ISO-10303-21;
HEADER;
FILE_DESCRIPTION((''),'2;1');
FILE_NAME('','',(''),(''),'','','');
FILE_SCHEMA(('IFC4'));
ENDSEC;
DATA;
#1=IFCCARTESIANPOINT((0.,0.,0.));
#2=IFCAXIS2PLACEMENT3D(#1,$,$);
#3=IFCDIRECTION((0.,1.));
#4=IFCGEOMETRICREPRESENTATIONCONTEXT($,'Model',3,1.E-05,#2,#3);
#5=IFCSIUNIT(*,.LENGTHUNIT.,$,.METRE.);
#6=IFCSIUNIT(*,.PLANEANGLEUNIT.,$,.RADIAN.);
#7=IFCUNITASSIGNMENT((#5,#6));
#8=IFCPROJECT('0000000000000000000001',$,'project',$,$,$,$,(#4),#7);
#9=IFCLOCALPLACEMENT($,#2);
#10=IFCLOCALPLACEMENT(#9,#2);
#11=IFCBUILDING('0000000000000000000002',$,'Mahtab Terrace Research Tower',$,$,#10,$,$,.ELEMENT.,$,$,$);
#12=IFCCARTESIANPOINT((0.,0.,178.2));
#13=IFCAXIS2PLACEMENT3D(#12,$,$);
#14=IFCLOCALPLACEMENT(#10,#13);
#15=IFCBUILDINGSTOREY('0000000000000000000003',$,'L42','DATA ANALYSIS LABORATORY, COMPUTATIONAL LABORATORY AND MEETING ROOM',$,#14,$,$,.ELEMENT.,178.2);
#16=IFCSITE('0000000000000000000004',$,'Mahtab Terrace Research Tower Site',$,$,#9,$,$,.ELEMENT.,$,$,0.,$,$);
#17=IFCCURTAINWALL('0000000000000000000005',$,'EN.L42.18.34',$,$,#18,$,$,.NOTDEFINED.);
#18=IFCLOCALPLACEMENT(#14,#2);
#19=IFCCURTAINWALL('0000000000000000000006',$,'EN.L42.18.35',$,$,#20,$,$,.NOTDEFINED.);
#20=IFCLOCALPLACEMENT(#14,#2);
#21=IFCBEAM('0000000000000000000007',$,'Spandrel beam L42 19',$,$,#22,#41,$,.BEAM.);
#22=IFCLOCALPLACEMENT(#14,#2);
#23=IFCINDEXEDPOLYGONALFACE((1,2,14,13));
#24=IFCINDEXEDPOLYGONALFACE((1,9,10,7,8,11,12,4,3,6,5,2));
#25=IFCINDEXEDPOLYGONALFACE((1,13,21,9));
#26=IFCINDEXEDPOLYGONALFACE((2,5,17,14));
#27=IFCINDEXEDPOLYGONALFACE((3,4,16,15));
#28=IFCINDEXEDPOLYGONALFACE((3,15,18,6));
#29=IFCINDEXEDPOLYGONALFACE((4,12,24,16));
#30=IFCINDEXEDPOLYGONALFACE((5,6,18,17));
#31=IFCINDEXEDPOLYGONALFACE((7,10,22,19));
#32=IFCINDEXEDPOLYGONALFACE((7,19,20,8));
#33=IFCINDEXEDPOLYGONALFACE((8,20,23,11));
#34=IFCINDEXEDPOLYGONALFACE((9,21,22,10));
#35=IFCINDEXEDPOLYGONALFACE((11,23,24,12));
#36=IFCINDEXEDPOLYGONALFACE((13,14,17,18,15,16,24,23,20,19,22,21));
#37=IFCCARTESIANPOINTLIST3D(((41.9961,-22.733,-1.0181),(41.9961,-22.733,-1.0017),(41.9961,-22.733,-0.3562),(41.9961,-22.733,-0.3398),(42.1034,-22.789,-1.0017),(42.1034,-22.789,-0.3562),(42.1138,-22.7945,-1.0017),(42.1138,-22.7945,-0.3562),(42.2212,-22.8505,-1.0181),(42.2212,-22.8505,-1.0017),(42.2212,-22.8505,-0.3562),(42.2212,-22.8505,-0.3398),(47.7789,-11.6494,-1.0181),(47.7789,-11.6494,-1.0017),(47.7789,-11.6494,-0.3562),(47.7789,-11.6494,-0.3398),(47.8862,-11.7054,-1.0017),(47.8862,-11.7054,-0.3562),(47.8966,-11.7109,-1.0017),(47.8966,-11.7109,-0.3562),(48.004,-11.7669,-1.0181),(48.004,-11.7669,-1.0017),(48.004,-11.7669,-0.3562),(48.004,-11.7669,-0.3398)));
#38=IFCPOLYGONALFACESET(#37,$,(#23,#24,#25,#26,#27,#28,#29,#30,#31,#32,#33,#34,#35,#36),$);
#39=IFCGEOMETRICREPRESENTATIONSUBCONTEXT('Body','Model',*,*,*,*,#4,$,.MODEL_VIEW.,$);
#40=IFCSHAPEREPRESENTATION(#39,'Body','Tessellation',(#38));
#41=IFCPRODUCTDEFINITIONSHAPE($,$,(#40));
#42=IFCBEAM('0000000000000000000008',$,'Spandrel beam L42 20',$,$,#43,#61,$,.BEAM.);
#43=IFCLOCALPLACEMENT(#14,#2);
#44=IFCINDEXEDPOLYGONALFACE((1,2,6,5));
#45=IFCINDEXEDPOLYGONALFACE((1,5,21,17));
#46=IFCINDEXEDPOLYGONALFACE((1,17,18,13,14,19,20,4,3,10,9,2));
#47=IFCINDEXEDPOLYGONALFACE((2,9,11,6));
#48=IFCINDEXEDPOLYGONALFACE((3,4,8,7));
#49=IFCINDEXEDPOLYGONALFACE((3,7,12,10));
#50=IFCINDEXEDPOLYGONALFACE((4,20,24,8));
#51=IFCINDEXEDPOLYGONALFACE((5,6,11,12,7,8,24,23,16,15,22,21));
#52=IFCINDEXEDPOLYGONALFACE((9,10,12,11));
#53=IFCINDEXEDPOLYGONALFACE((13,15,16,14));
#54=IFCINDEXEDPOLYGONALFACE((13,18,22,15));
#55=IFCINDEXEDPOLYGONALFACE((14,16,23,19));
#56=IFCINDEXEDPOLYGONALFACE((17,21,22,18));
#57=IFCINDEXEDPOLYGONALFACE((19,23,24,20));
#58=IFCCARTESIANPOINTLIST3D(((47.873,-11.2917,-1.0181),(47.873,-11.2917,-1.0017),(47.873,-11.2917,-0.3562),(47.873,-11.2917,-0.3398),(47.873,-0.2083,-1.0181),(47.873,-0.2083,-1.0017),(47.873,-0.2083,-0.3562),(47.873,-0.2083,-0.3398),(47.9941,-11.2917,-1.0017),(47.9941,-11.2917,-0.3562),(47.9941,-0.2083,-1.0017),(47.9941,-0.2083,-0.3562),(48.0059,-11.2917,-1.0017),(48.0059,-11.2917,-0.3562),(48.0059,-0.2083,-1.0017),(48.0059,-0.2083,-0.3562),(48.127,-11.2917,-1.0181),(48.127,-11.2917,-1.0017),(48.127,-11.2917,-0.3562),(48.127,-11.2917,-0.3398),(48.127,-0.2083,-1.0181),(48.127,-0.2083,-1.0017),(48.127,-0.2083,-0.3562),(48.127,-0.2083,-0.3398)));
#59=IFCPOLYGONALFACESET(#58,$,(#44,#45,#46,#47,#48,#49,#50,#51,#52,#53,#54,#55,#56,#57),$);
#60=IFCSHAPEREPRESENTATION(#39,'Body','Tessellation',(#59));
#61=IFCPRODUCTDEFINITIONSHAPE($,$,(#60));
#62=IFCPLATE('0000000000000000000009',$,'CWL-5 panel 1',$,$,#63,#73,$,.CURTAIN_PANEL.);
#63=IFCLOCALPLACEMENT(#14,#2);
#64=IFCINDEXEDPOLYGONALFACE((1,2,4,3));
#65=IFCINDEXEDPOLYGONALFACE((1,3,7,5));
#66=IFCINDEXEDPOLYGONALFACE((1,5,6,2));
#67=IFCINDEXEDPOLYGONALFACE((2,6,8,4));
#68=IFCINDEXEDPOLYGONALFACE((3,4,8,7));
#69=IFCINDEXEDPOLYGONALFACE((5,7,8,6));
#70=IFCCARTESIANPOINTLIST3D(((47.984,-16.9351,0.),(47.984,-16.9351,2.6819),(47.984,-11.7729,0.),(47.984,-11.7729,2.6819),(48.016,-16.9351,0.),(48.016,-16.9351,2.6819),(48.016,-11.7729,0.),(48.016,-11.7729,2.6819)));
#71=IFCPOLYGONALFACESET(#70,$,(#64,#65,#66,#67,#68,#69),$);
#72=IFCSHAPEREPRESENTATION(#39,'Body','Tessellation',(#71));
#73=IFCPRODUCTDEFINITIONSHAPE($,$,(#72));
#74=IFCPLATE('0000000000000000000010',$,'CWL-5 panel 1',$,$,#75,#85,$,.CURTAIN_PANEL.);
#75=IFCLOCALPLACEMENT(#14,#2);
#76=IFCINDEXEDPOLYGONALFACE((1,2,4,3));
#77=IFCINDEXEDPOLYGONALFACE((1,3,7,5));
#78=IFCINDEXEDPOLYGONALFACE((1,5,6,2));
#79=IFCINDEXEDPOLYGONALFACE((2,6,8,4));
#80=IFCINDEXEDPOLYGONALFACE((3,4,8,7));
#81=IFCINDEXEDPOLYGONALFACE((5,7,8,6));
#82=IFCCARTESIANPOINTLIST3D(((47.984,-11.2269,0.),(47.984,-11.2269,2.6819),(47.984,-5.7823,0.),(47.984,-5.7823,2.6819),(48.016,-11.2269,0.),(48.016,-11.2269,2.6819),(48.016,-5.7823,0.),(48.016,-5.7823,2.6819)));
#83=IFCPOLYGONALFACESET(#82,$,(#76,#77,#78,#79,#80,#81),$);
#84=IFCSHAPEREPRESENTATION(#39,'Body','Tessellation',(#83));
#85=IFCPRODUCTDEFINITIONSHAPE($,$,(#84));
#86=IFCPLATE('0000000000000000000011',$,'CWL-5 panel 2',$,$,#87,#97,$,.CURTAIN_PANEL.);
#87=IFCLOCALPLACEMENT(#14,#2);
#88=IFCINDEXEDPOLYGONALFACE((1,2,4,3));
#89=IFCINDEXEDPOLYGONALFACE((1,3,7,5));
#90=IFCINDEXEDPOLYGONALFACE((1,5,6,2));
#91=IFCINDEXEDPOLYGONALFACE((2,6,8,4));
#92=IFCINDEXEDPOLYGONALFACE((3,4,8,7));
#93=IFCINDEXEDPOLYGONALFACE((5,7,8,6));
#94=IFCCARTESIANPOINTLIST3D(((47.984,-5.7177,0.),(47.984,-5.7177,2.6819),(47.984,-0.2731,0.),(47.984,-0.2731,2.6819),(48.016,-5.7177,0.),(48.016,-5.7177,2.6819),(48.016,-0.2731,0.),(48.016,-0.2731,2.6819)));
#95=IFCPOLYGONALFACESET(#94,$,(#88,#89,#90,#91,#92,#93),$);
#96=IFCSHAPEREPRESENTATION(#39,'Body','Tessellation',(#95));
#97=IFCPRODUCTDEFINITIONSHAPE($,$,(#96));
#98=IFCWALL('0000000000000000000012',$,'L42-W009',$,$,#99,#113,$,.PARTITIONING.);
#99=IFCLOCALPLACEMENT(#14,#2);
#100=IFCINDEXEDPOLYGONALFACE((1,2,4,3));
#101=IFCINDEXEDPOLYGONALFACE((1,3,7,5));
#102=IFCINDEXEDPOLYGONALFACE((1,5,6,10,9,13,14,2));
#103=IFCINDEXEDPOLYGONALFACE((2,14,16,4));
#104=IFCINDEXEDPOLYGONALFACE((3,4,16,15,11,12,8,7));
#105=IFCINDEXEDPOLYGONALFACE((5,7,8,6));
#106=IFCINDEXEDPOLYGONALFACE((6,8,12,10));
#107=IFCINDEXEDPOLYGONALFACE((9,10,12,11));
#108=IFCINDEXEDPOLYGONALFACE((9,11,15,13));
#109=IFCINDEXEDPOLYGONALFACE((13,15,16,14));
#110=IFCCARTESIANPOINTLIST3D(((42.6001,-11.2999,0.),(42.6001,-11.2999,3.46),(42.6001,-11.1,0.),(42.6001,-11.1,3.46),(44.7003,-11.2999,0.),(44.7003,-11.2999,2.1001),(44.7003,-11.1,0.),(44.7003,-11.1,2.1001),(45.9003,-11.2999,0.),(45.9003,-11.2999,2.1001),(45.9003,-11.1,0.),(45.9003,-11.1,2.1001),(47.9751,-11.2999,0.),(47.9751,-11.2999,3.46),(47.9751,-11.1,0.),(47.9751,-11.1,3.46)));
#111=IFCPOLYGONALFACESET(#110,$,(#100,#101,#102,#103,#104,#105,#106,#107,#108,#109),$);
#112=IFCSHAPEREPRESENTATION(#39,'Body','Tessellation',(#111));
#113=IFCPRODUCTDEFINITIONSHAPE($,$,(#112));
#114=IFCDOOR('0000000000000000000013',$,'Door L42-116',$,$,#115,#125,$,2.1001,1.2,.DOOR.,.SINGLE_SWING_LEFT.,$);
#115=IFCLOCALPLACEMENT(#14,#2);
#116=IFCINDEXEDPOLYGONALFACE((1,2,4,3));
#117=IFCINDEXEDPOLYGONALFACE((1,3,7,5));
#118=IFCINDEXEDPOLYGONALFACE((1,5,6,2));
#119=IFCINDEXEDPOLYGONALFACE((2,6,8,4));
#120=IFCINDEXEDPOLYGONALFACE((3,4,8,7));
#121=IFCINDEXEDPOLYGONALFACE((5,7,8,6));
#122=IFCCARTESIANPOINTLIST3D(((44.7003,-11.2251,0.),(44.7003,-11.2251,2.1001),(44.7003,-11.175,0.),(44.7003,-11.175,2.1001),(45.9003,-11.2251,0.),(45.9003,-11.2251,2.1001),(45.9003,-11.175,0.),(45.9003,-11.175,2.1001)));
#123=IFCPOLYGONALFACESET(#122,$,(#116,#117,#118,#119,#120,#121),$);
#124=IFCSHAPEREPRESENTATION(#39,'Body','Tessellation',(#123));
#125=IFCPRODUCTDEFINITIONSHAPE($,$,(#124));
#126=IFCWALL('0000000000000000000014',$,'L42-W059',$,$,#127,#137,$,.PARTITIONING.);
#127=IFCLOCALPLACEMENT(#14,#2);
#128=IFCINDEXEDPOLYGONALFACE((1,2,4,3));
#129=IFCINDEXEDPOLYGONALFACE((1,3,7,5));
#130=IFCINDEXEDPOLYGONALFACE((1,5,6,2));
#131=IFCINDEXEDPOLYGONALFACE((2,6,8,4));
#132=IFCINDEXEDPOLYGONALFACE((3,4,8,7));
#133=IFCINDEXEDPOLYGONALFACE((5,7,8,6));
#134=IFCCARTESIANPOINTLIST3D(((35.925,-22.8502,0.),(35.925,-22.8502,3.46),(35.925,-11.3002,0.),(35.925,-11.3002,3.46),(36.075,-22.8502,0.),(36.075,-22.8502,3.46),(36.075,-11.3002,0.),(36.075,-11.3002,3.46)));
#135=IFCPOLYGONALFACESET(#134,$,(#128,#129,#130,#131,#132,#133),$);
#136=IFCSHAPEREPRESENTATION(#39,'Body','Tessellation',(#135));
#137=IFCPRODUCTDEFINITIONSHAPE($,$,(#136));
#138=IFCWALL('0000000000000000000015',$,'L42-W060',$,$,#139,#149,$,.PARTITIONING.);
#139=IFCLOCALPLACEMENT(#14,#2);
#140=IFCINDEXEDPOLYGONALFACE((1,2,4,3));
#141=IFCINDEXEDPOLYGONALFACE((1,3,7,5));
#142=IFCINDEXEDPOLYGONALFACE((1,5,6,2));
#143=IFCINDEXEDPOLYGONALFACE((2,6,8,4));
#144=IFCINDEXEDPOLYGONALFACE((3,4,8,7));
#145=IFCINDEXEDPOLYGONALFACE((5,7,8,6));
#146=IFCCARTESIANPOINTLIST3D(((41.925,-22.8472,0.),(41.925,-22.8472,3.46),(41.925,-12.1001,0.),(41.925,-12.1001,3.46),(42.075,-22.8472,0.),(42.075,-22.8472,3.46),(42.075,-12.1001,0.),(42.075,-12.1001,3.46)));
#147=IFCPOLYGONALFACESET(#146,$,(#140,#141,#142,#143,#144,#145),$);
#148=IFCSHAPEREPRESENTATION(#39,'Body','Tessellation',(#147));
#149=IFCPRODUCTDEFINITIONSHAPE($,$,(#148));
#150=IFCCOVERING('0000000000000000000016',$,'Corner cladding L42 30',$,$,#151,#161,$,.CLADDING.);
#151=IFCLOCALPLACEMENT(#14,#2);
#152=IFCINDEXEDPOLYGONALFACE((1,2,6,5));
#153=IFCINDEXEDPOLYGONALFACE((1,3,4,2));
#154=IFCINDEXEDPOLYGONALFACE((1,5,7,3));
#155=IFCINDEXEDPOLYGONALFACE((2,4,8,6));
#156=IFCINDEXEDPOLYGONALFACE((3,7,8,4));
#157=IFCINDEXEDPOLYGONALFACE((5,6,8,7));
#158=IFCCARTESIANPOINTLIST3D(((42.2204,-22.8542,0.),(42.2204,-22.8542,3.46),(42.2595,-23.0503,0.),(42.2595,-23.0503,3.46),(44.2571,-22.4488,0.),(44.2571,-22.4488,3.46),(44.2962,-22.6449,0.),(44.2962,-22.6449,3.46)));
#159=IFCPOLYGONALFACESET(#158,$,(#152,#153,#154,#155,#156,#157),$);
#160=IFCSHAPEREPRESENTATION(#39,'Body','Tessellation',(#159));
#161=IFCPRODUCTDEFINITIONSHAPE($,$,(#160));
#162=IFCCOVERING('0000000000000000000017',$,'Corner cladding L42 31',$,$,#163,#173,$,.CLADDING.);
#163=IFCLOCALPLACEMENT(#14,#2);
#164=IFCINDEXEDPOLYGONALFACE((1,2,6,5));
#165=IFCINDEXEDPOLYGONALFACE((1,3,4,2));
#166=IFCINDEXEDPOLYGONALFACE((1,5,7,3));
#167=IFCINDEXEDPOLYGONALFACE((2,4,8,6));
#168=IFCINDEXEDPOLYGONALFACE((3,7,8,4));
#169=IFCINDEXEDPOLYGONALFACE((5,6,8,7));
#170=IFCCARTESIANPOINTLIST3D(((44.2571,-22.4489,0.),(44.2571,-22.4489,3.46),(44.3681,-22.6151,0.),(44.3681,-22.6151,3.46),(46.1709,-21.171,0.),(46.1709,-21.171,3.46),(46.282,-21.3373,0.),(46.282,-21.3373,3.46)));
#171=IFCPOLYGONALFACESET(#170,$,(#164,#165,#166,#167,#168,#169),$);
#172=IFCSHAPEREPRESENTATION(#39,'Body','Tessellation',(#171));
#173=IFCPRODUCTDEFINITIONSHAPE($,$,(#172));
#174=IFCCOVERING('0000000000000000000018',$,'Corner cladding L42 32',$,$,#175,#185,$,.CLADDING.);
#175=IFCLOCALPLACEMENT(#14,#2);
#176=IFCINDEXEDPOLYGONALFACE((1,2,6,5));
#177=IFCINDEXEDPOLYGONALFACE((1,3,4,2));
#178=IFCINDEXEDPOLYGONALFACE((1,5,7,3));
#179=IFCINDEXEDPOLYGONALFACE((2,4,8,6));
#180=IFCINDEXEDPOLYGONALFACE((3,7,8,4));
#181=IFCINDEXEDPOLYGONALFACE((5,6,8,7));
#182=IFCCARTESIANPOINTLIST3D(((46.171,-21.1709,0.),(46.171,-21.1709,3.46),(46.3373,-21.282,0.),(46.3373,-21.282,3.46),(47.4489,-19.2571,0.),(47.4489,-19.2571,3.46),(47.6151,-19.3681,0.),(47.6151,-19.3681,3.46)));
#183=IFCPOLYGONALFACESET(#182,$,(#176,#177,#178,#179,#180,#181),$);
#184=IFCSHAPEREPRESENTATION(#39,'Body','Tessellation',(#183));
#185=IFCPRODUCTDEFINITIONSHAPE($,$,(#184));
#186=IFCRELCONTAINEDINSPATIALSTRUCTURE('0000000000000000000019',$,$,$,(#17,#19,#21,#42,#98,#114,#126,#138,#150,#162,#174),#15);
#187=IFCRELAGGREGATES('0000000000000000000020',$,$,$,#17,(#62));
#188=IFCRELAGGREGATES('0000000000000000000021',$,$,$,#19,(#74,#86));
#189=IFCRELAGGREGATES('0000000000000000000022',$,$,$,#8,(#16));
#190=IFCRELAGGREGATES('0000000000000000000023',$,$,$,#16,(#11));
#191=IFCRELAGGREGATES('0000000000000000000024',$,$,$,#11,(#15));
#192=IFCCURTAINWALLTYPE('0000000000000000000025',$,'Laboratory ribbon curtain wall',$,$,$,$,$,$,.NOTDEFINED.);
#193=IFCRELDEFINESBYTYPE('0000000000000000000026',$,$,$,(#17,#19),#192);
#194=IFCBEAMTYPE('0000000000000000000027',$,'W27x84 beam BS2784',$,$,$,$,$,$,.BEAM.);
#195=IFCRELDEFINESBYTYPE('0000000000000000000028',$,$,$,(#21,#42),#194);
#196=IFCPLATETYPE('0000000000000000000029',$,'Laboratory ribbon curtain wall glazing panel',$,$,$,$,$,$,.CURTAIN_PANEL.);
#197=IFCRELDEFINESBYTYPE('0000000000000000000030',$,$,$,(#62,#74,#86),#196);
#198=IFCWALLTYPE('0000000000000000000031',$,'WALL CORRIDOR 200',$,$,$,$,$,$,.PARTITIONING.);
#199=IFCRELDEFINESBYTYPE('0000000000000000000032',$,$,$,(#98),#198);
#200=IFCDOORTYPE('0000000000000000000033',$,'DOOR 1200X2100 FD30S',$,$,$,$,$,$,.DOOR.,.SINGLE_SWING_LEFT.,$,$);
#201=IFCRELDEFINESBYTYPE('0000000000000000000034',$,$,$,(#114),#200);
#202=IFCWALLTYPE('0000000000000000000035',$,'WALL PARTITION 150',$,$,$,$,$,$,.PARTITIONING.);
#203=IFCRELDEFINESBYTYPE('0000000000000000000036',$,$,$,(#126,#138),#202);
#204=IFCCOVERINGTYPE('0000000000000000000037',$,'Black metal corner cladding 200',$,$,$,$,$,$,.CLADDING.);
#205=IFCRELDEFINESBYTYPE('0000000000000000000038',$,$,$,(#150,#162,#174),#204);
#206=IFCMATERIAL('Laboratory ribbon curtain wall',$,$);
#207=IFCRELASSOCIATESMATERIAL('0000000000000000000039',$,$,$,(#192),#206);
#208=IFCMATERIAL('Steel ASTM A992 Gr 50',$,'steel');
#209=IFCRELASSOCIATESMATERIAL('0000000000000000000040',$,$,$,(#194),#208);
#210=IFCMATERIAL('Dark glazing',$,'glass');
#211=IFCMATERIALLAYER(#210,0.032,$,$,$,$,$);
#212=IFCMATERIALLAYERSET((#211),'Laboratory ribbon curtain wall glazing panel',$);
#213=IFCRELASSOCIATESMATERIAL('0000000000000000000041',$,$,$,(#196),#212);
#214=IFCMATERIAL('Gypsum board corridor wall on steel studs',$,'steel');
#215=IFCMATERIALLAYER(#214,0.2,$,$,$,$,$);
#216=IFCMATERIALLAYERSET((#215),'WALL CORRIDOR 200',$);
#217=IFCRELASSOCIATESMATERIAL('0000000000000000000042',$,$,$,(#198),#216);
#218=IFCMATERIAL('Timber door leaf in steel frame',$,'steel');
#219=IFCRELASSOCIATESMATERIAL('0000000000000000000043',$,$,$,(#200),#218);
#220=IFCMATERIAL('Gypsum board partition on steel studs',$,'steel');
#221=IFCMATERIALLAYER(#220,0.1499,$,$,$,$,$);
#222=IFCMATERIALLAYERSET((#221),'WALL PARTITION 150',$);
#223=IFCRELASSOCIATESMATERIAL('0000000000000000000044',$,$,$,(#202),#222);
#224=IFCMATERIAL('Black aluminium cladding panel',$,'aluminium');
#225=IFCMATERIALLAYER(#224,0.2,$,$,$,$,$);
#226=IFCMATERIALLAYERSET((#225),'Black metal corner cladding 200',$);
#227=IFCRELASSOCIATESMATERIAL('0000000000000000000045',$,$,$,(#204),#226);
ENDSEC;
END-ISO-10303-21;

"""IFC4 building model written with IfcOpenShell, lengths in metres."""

from ifc_helpers import new_model, si_unit, direction, frame, frame_2d, origin, origin_2d, place, context, subcontext, project, spatial, rectangle, i_section, extrude, material, layer, layer_set, material_profile, profile_set, type_object, element, fill, aggregate, save


model = new_model("IFC4")

# Units and contexts
model_context = context("Model", 3, precision=1e-05, world=origin(), true_north=direction((0.0, 1.0)))
body_context = subcontext(model_context, "Body", "Model", "MODEL_VIEW")
ifc_project = project(units=[si_unit("LENGTHUNIT", "METRE"), si_unit("PLANEANGLEUNIT", "RADIAN")], contexts=[model_context])

# Site, building, storey
site_placement = place(None, origin())
site = spatial("IfcSite", under=ifc_project, at=site_placement, Name="Mahtab Terrace Research Tower Site", CompositionType="ELEMENT", RefElevation=0.0)
building_placement = place(site_placement, origin())
building = spatial("IfcBuilding", under=site, at=building_placement, Name="Mahtab Terrace Research Tower", CompositionType="ELEMENT")
storey_placement = place(building_placement, frame((0.0, 0.0, 178.2)))
storey = spatial("IfcBuildingStorey", under=building, at=storey_placement, Name="L42", Description="DATA ANALYSIS LABORATORY, COMPUTATIONAL LABORATORY AND MEETING ROOM", CompositionType="ELEMENT", Elevation=178.2)

# Shared definitions
ifc_material_1 = material(Name="Steel ASTM A992 Gr 50", Category="steel")

# Curtain walls
ifc_material_2 = material(Name="Laboratory ribbon curtain wall")
curtain_wall_type = type_object("IfcCurtainWallType", Name="Laboratory ribbon curtain wall", PredefinedType="NOTDEFINED", material=ifc_material_2)
curtain_wall_1_placement = place(storey_placement, origin())
curtain_wall_1 = element("IfcCurtainWall", 1, at=curtain_wall_1_placement, inside=storey, type_object=curtain_wall_type, Name="EN.L42.18.34", PredefinedType="NOTDEFINED")
curtain_wall_2_placement = place(storey_placement, origin())
curtain_wall_2 = element("IfcCurtainWall", 2, at=curtain_wall_2_placement, inside=storey, type_object=curtain_wall_type, Name="EN.L42.18.35", PredefinedType="NOTDEFINED")

# Beams
ifc_material_profile_1 = material_profile(ifc_material_1, i_section(OverallWidth=0.2539, OverallDepth=0.6782, WebThickness=0.0117, FlangeThickness=0.0164, at=origin_2d()), Name="W27X84")
ifc_profile_set_1 = profile_set([ifc_material_profile_1], Name="Steel ASTM A992 Gr 50")
beam_type = type_object("IfcBeamType", Name="W27x84 beam BS2784", PredefinedType="BEAM", material=ifc_profile_set_1)
beam_1_placement = place(storey_placement, frame((42.1086, -22.7917, -0.679), z_axis=(0.462567, 0.886584, 0.0), x_axis=(-0.886584, 0.462567, 0.0)))
element("IfcBeam", 3, at=beam_1_placement, inside=storey, type_object=beam_type, Name="Spandrel beam L42 19", PredefinedType="BEAM", context=body_context, shape_type="SweptSolid", body=[
    extrude(i_section(OverallWidth=0.2539, OverallDepth=0.6782, WebThickness=0.0117, FlangeThickness=0.0164, at=origin_2d()), origin(), (0.0, 0.0, 1.0), 12.5015),
])
beam_2_placement = place(storey_placement, frame((48.0, -11.2917, -0.679), z_axis=(0.0, 1.0, 0.0), x_axis=(-1.0, 0.0, 0.0)))
element("IfcBeam", 4, at=beam_2_placement, inside=storey, type_object=beam_type, Name="Spandrel beam L42 20", PredefinedType="BEAM", context=body_context, shape_type="SweptSolid", body=[
    extrude(i_section(OverallWidth=0.2539, OverallDepth=0.6782, WebThickness=0.0117, FlangeThickness=0.0164, at=origin_2d()), origin(), (0.0, 0.0, 1.0), 11.0835),
])

# Plates
ifc_material_3 = material(Name="Dark glazing", Category="glass")
ifc_layer_1 = layer(ifc_material_3, 0.032)
ifc_layer_set_1 = layer_set([ifc_layer_1], Name="Laboratory ribbon curtain wall glazing panel")
plate_type = type_object("IfcPlateType", Name="Laboratory ribbon curtain wall glazing panel", PredefinedType="CURTAIN_PANEL", material=ifc_layer_set_1)
plate_1_placement = place(storey_placement, frame((48.0, -14.354, 0.0), z_axis=(0.0, 0.0, 1.0), x_axis=(0.0, 1.0, 0.0)))
plate_1 = element("IfcPlate", 5, at=plate_1_placement, type_object=plate_type, Name="CWL-5 panel 1", PredefinedType="CURTAIN_PANEL", context=body_context, shape_type="SweptSolid", body=[
    extrude(rectangle(XDim=5.1621, YDim=0.032, at=origin_2d()), origin(), (0.0, 0.0, 1.0), 2.6819),
])
aggregate(curtain_wall_1, [plate_1])
plate_2_placement = place(storey_placement, frame((48.0, -8.5046, 0.0), z_axis=(0.0, 0.0, 1.0), x_axis=(0.0, 1.0, 0.0)))
plate_2 = element("IfcPlate", 6, at=plate_2_placement, type_object=plate_type, Name="CWL-5 panel 1", PredefinedType="CURTAIN_PANEL", context=body_context, shape_type="SweptSolid", body=[
    extrude(rectangle(XDim=5.4446, YDim=0.032, at=origin_2d()), origin(), (0.0, 0.0, 1.0), 2.6819),
])
plate_3_placement = place(storey_placement, frame((48.0, -2.9954, 0.0), z_axis=(0.0, 0.0, 1.0), x_axis=(0.0, 1.0, 0.0)))
plate_3 = element("IfcPlate", 7, at=plate_3_placement, type_object=plate_type, Name="CWL-5 panel 2", PredefinedType="CURTAIN_PANEL", context=body_context, shape_type="SweptSolid", body=[
    extrude(rectangle(XDim=5.4446, YDim=0.032, at=origin_2d()), origin(), (0.0, 0.0, 1.0), 2.6819),
])
aggregate(curtain_wall_2, [plate_2, plate_3])

# Wall, opening, door
ifc_material_4 = material(Name="Gypsum board corridor wall on steel studs", Category="steel")
ifc_layer_2 = layer(ifc_material_4, 0.2)
ifc_layer_set_2 = layer_set([ifc_layer_2], Name="WALL CORRIDOR 200")
wall_type_1 = type_object("IfcWallType", Name="WALL CORRIDOR 200", PredefinedType="PARTITIONING", material=ifc_layer_set_2)
wall_1_placement = place(storey_placement, frame((42.6001, -11.2, 0.0), z_axis=(0.0, 0.0, 1.0), x_axis=(1.0, 0.0, 0.0)))
wall_1 = element("IfcWall", 8, at=wall_1_placement, inside=storey, type_object=wall_type_1, Name="L42-W009", PredefinedType="PARTITIONING", context=body_context, shape_type="SweptSolid", body=[
    extrude(rectangle(XDim=5.375, YDim=0.2, at=frame_2d((2.6875, 0.0))), origin(), (0.0, 0.0, 1.0), 3.46),
])
opening_placement = place(wall_1_placement, frame((2.1001, 0.0, 0.0)))
opening = element("IfcOpeningElement", 9, at=opening_placement, cuts=wall_1, PredefinedType="OPENING", context=body_context, shape_type="SweptSolid", body=[
    extrude(rectangle(XDim=1.2, YDim=2.1001, at=frame_2d((0.6001, 1.05))), frame((0.0, 0.1099, 0.0), z_axis=(0.0, -1.0, 0.0), x_axis=(1.0, 0.0, 0.0)), (0.0, 0.0, 1.0), 0.22),
])
ifc_material_5 = material(Name="Timber door leaf in steel frame", Category="steel")
door_type = type_object("IfcDoorType", Name="DOOR 1200X2100 FD30S", OperationType="SINGLE_SWING_LEFT", PredefinedType="DOOR", material=ifc_material_5)
door_placement = place(opening_placement, origin())
door = element("IfcDoor", 10, at=door_placement, inside=storey, type_object=door_type, Name="Door L42-116", OperationType="SINGLE_SWING_LEFT", OverallHeight=2.1001, OverallWidth=1.2, PredefinedType="DOOR", context=body_context, shape_type="SweptSolid", body=[
    extrude(rectangle(XDim=1.2, YDim=2.1001, at=frame_2d((0.6001, 1.05))), frame((0.0, 0.0249, 0.0), z_axis=(0.0, -1.0, 0.0), x_axis=(1.0, 0.0, 0.0)), (0.0, 0.0, 1.0), 0.05),
])
fill(opening, door)

# Walls
ifc_material_6 = material(Name="Gypsum board partition on steel studs", Category="steel")
ifc_layer_3 = layer(ifc_material_6, 0.1499)
ifc_layer_set_3 = layer_set([ifc_layer_3], Name="WALL PARTITION 150")
wall_type_2 = type_object("IfcWallType", Name="WALL PARTITION 150", PredefinedType="PARTITIONING", material=ifc_layer_set_3)
wall_2_placement = place(storey_placement, frame((36.0, -22.8501, 0.0), z_axis=(0.0, 0.0, 1.0), x_axis=(0.0, 1.0, 0.0)))
element("IfcWall", 11, at=wall_2_placement, inside=storey, type_object=wall_type_2, Name="L42-W059", PredefinedType="PARTITIONING", context=body_context, shape_type="SweptSolid", body=[
    extrude(rectangle(XDim=11.55, YDim=0.1499, at=frame_2d((5.7749, 0.0))), origin(), (0.0, 0.0, 1.0), 3.46),
])
wall_3_placement = place(storey_placement, frame((42.0, -22.8472, 0.0), z_axis=(0.0, 0.0, 1.0), x_axis=(0.0, 1.0, 0.0)))
element("IfcWall", 12, at=wall_3_placement, inside=storey, type_object=wall_type_2, Name="L42-W060", PredefinedType="PARTITIONING", context=body_context, shape_type="SweptSolid", body=[
    extrude(rectangle(XDim=10.7471, YDim=0.1499, at=frame_2d((5.3735, 0.0))), origin(), (0.0, 0.0, 1.0), 3.46),
])

# Coverings
ifc_material_7 = material(Name="Black aluminium cladding panel", Category="aluminium")
ifc_layer_4 = layer(ifc_material_7, 0.2)
ifc_layer_set_4 = layer_set([ifc_layer_4], Name="Black metal corner cladding 200")
covering_type = type_object("IfcCoveringType", Name="Black metal corner cladding 200", PredefinedType="CLADDING", material=ifc_layer_set_4)
covering_placement = place(storey_placement, frame((43.2583, -22.7495, 0.0), z_axis=(0.0, 0.0, 1.0), x_axis=(0.980761, 0.195212, 0.0)))
element("IfcCovering", 13, at=covering_placement, inside=storey, type_object=covering_type, Name="Corner cladding L42 30", PredefinedType="CLADDING", context=body_context, shape_type="SweptSolid", body=[
    extrude(rectangle(XDim=2.0767, YDim=0.2, at=origin_2d()), origin(), (0.0, 0.0, 1.0), 3.46),
])
for number, where, z_axis, x_axis, name in (
    (14, (45.2695, -21.8931, 0.0), (0.0, 0.0, 1.0), (0.831656, 0.555291, 0.0), "Corner cladding L42 31"),
    (15, (46.8931, -20.2695, 0.0), (0.0, 0.0, 1.0), (0.555291, 0.831656, 0.0), "Corner cladding L42 32"),
):
    element("IfcCovering", number, at=place(storey_placement, frame(where, z_axis=z_axis, x_axis=x_axis)), inside=storey, type_object=covering_type, Name=name, PredefinedType="CLADDING", context=body_context, shape_type="SweptSolid", body=[
        extrude(rectangle(XDim=2.3013, YDim=0.2, at=origin_2d()), origin(), (0.0, 0.0, 1.0), 3.46),
    ])

save(model, "model.ifc")
